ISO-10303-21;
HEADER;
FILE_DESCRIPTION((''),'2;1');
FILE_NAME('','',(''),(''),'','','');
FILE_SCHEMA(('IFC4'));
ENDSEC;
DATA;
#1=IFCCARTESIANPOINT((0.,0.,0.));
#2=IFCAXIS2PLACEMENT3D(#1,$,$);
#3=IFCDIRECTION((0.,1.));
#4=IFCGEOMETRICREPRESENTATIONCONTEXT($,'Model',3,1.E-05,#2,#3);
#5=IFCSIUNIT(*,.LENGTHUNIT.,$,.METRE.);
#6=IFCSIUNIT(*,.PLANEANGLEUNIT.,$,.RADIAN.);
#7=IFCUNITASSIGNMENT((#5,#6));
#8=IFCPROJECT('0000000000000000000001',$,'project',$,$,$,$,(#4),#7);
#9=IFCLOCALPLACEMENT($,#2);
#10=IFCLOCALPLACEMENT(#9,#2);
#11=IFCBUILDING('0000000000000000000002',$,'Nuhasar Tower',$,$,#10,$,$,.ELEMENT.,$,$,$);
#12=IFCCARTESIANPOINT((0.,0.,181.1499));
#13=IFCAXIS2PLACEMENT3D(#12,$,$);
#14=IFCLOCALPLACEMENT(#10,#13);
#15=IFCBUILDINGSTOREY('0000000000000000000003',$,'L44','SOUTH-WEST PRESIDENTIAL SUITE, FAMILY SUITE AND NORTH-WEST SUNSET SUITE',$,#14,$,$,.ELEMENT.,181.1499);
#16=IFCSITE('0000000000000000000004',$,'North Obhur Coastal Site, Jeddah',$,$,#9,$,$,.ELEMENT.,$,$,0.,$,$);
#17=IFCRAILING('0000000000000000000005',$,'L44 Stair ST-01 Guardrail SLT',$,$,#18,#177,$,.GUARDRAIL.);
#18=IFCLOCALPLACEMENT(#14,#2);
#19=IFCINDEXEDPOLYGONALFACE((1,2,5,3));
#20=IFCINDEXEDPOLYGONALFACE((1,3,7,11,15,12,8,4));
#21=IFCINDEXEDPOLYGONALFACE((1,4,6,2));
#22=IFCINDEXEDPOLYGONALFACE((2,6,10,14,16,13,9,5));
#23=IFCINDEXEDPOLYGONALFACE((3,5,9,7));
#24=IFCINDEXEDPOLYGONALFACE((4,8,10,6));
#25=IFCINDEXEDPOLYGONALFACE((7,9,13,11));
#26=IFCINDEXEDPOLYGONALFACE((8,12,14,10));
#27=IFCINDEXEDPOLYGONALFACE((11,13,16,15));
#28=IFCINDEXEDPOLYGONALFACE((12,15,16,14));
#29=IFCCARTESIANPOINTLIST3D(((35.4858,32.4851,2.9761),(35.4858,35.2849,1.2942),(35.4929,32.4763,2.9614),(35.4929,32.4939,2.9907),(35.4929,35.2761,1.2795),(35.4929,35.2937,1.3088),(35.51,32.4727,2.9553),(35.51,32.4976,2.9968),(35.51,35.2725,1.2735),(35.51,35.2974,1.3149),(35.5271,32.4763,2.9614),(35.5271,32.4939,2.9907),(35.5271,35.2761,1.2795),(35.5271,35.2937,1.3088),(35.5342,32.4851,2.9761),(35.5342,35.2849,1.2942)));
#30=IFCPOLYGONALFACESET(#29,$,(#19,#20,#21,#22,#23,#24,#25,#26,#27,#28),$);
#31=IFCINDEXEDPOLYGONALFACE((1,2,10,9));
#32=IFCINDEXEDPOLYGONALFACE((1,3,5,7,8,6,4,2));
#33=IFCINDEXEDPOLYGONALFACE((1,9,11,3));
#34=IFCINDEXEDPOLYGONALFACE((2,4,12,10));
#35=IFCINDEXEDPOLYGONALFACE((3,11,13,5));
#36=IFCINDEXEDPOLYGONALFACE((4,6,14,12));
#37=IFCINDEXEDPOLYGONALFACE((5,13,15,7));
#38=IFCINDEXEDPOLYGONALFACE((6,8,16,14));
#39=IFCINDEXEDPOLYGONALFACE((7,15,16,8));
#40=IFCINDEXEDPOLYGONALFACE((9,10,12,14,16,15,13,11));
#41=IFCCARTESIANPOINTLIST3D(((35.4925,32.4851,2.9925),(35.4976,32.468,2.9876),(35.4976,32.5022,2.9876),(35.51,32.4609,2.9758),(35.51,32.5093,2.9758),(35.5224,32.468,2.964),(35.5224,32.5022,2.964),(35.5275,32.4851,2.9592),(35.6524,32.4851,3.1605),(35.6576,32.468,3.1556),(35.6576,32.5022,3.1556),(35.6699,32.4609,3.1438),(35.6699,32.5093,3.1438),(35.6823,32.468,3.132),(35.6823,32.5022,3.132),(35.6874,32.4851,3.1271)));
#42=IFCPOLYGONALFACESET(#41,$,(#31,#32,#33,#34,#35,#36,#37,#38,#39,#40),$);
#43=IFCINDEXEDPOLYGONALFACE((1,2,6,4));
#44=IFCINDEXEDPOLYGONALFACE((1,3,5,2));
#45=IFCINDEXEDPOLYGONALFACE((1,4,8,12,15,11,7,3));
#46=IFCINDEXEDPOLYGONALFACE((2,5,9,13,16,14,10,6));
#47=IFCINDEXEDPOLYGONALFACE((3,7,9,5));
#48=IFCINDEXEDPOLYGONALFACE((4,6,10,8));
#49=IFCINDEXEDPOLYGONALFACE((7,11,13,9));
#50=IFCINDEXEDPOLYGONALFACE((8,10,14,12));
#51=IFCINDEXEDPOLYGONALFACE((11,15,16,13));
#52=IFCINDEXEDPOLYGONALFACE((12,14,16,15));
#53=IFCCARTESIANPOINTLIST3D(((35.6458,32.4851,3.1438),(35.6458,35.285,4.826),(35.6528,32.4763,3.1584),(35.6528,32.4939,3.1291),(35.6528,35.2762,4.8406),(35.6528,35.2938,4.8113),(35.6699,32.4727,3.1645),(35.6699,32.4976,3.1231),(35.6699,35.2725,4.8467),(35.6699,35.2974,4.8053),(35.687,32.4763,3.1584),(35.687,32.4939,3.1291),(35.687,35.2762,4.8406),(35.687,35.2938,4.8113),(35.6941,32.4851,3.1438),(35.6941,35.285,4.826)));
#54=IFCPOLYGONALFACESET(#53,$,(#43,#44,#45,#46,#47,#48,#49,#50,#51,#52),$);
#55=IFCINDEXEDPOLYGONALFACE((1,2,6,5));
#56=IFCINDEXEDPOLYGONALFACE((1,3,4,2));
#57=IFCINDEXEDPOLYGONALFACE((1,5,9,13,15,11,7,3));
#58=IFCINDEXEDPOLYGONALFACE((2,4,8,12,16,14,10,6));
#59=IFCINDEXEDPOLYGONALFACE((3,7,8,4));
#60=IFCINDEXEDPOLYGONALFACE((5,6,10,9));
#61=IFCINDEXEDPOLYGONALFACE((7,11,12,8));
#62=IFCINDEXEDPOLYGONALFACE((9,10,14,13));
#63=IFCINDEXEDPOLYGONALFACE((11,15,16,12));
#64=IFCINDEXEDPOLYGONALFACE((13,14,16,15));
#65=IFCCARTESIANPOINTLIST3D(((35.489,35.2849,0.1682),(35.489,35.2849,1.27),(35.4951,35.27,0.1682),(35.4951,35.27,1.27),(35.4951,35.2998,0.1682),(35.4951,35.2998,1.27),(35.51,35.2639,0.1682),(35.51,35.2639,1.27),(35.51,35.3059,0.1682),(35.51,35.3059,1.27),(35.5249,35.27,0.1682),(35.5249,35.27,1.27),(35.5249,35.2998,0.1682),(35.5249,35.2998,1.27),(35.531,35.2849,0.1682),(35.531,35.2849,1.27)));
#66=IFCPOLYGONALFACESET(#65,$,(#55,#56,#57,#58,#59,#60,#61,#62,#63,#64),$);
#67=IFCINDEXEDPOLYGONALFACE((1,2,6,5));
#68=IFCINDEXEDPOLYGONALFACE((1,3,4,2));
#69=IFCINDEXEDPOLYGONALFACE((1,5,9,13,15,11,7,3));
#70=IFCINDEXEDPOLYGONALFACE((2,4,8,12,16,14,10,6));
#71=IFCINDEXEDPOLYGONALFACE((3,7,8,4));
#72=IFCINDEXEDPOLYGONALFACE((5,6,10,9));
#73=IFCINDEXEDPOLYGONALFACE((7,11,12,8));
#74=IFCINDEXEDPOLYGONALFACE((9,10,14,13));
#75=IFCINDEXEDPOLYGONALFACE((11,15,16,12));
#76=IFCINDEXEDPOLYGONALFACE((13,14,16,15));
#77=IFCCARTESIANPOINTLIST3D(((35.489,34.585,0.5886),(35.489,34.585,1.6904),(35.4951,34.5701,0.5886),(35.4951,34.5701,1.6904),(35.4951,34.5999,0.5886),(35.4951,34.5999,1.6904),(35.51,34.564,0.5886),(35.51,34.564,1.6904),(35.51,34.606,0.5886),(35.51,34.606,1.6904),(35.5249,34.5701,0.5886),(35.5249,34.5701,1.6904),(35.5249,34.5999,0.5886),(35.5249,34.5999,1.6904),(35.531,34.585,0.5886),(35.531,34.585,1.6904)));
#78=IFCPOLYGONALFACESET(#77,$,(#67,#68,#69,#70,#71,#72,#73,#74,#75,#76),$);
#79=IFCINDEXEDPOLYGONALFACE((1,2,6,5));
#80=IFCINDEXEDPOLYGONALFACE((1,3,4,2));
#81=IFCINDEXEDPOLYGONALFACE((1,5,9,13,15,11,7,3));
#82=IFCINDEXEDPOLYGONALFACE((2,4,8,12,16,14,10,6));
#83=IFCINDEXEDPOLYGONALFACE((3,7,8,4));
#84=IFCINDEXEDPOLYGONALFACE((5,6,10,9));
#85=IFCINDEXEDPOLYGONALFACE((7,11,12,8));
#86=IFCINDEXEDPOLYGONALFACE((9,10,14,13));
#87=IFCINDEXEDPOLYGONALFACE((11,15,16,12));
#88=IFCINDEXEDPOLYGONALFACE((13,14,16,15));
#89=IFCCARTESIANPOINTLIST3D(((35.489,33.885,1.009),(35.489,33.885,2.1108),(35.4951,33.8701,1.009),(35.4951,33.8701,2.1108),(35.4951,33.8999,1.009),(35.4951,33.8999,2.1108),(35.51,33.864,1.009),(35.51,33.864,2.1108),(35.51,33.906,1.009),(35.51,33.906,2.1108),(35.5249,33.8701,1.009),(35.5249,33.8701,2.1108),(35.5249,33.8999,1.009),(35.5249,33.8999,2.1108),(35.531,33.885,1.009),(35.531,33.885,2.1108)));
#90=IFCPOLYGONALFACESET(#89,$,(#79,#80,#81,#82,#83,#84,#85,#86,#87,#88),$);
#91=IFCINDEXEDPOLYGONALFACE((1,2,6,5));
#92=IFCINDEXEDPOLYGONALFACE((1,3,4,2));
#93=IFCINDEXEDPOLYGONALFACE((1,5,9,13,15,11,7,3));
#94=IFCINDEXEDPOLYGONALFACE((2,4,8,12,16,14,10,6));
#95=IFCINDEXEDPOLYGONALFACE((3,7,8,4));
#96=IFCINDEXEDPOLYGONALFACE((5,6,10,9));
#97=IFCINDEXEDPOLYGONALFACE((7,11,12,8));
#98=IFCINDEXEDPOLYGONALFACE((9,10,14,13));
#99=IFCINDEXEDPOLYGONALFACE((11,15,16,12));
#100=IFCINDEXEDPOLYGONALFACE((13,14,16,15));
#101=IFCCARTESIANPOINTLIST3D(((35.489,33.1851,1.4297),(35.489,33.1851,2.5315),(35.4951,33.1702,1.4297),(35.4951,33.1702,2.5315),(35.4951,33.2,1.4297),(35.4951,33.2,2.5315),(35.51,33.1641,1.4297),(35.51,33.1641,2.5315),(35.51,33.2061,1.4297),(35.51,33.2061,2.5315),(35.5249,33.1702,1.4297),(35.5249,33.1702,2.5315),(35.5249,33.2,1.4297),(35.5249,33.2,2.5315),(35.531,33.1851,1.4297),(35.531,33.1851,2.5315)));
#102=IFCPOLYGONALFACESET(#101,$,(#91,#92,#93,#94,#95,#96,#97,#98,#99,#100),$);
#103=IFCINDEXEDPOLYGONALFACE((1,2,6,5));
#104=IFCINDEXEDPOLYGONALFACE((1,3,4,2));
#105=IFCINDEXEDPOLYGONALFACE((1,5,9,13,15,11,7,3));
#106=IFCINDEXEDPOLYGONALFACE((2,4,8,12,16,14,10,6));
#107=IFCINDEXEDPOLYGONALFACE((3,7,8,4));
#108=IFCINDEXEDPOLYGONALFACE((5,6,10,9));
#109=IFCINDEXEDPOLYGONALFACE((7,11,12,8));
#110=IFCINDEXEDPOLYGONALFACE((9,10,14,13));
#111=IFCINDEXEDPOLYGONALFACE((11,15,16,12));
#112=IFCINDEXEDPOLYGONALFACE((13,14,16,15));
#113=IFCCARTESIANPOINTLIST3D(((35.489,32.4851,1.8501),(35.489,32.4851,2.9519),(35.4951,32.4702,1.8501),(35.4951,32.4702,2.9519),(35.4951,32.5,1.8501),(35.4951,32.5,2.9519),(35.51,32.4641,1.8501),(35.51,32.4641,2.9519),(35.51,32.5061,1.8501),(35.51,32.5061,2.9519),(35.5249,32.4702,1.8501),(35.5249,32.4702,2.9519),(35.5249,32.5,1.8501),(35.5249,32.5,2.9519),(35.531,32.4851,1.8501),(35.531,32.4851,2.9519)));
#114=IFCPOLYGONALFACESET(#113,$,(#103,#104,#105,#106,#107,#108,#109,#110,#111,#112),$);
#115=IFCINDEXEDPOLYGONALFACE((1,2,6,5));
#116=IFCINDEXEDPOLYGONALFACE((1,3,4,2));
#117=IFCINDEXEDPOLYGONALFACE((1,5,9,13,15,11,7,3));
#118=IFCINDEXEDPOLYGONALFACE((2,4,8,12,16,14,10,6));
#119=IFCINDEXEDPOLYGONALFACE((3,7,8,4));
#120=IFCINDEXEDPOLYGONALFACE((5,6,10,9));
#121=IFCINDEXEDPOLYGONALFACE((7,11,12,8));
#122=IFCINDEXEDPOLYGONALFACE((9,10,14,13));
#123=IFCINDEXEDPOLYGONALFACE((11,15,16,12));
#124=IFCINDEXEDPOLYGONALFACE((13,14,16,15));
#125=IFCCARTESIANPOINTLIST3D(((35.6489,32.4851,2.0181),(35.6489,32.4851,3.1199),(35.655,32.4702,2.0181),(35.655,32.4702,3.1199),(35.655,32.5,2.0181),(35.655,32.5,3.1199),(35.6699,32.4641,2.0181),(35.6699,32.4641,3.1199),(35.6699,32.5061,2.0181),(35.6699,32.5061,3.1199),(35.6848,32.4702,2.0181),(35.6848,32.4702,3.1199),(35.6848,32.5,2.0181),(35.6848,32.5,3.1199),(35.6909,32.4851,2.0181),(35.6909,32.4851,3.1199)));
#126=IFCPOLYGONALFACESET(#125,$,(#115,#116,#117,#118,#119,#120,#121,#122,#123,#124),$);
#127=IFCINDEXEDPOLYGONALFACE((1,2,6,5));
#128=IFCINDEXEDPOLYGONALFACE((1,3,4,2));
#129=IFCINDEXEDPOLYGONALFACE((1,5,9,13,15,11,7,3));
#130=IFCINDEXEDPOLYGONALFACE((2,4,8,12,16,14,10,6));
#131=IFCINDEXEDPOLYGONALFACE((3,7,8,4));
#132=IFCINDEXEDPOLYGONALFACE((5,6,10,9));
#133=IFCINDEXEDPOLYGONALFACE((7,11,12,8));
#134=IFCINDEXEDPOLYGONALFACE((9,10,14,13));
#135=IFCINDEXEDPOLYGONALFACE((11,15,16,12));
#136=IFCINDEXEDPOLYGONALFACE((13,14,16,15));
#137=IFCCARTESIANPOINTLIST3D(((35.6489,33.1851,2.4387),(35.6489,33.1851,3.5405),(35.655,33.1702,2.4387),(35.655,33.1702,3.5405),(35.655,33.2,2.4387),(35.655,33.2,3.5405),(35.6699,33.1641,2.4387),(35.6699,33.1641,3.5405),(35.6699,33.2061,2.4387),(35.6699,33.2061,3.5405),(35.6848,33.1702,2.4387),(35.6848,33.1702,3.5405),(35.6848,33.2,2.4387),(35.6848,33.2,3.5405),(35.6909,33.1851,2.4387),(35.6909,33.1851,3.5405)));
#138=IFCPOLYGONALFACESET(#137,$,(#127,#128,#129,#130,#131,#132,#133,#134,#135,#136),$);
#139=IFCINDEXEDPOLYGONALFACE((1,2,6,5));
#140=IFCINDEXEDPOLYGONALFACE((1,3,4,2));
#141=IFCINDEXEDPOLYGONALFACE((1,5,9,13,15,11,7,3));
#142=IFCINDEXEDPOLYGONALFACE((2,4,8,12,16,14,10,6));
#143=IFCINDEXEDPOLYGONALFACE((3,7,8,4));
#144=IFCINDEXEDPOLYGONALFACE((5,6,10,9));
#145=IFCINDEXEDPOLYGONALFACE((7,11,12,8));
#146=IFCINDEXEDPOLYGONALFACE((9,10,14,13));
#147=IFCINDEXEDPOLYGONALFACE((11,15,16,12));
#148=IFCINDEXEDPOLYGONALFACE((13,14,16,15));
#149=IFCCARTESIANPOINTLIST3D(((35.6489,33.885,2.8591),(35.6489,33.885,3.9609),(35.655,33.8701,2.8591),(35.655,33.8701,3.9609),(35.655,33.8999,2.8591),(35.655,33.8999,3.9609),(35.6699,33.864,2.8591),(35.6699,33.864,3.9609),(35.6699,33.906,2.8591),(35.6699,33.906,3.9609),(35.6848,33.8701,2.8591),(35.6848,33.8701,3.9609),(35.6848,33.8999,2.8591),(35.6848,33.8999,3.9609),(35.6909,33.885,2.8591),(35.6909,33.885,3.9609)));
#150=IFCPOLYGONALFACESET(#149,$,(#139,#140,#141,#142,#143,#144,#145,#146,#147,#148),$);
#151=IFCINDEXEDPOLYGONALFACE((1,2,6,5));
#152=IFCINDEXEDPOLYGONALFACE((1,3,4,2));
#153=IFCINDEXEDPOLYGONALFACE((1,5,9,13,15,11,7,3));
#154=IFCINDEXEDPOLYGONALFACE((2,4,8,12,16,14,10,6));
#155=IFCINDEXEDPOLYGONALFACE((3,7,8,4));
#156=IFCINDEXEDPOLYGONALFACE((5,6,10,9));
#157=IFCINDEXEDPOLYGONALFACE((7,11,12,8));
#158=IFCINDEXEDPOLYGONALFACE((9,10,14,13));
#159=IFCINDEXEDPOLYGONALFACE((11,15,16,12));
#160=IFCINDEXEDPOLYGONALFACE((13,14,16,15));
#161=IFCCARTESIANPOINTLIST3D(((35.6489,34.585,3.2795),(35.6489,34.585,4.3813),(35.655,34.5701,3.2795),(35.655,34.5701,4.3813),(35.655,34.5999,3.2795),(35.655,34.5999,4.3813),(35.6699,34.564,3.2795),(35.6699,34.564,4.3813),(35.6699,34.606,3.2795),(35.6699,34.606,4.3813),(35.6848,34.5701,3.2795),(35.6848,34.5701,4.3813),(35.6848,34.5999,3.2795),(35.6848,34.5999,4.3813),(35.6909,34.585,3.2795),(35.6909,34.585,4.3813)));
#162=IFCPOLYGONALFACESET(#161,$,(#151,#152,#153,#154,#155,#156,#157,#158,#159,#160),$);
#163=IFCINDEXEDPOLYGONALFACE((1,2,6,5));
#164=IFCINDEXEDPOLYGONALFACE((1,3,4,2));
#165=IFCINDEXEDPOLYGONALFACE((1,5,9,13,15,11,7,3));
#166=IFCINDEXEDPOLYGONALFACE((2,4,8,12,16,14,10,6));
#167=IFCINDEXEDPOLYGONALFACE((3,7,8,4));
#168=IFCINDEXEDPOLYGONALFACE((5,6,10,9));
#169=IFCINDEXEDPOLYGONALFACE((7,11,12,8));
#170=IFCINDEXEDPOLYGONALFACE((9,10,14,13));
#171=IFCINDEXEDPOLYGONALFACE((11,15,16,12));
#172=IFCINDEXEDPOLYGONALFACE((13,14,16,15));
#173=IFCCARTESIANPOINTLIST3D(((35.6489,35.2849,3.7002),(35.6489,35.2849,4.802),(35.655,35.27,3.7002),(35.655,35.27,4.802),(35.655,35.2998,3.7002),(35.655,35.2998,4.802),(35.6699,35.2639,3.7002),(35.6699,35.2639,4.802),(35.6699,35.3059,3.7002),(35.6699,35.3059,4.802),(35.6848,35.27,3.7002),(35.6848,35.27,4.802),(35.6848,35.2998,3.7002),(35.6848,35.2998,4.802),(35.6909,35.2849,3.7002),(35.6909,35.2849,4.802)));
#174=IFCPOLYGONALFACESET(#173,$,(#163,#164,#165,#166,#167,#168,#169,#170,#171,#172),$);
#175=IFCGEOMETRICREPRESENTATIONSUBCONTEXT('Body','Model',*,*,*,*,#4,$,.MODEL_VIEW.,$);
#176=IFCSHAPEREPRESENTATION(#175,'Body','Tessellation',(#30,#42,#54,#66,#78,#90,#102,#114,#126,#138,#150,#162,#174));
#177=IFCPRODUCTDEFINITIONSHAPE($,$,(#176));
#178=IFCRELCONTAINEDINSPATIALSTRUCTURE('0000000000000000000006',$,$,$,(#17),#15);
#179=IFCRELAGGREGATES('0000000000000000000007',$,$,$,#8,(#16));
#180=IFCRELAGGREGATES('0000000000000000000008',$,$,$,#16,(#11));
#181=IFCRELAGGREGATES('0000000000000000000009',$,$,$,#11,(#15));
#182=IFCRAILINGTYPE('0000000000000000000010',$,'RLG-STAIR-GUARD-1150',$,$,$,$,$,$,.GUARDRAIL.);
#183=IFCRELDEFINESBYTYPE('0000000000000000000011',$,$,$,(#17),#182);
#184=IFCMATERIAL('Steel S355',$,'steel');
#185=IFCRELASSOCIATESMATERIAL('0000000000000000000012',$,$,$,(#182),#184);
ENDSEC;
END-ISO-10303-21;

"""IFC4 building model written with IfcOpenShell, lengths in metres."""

from ifc_helpers import new_model, si_unit, direction, frame, origin, place, context, subcontext, project, spatial, polyline, outline, extrude, material, type_object, element, save


model = new_model("IFC4")

# Units and contexts
model_context = context("Model", 3, precision=1e-05, world=origin(), true_north=direction((0.0, 1.0)))
body_context = subcontext(model_context, "Body", "Model", "MODEL_VIEW")
ifc_project = project(units=[si_unit("LENGTHUNIT", "METRE"), si_unit("PLANEANGLEUNIT", "RADIAN")], contexts=[model_context])

# Site, building, storey
site_placement = place(None, origin())
site = spatial("IfcSite", under=ifc_project, at=site_placement, Name="North Obhur Coastal Site, Jeddah", CompositionType="ELEMENT", RefElevation=0.0)
building_placement = place(site_placement, origin())
building = spatial("IfcBuilding", under=site, at=building_placement, Name="Nuhasar Tower", CompositionType="ELEMENT")
storey_placement = place(building_placement, frame((0.0, 0.0, 181.1499)))
storey = spatial("IfcBuildingStorey", under=building, at=storey_placement, Name="L44", Description="SOUTH-WEST PRESIDENTIAL SUITE, FAMILY SUITE AND NORTH-WEST SUNSET SUITE", CompositionType="ELEMENT", Elevation=181.1499)

# Shared definitions
ifc_material_1 = material(Name="Steel S355", Category="steel")

# Railing
railing_type_1 = type_object("IfcRailingType", Name="RLG-STAIR-GUARD-1150", PredefinedType="GUARDRAIL", material=ifc_material_1)
railing_1_placement = place(storey_placement, frame((35.51, 35.2849, 0.1682)))
element("IfcRailing", 1, at=railing_1_placement, inside=storey, type_object=railing_type_1, Name="L44 Stair ST-01 Guardrail SLT", PredefinedType="GUARDRAIL", context=body_context, shape_type="SweptSolid", body=[
    extrude(outline(polyline([(0.0242, 0.0), (0.0171, 0.0171), (0.0, 0.0242), (-0.0171, 0.0171), (-0.0242, 0.0), (-0.0171, -0.0171), (0.0, -0.0242), (0.0171, -0.0171), (0.0242, 0.0)])), frame((0.0, 0.0, 1.126), z_axis=(0.0, -0.857222, 0.514946), x_axis=(1.0, 0.0, 0.0)), (0.0, 0.0, 1.0), 3.2661),
    extrude(outline(polyline([(0.0242, 0.0), (0.0171, 0.0171), (0.0, 0.0242), (-0.0171, 0.0171), (-0.0242, 0.0), (-0.0171, -0.0171), (0.0, -0.0242), (0.0171, -0.0171), (0.0242, 0.0)])), frame((0.0, -2.7998, 2.8076), z_axis=(0.689524, 0.0, 0.724263), x_axis=(0.0, 1.0, 0.0)), (0.0, 0.0, 1.0), 0.2319),
    extrude(outline(polyline([(0.0242, 0.0), (0.0171, 0.0171), (0.0, 0.0242), (-0.0171, 0.0171), (-0.0242, 0.0), (-0.0171, -0.0171), (0.0, -0.0242), (0.0171, -0.0171), (0.0242, 0.0)])), frame((0.1599, -2.7998, 2.9756), z_axis=(0.0, 0.857189, 0.515001), x_axis=(-1.0, 0.0, 0.0)), (0.0, 0.0, 1.0), 3.2664),
    extrude(outline(polyline([(0.021, 0.0), (0.0149, 0.0149), (0.0, 0.021), (-0.0149, 0.0149), (-0.021, 0.0), (-0.0149, -0.0149), (0.0, -0.021), (0.0149, -0.0149), (0.021, 0.0)])), origin(), (0.0, 0.0, 1.0), 1.1018),
    extrude(outline(polyline([(0.021, 0.0), (0.0149, 0.0149), (0.0, 0.021), (-0.0149, 0.0149), (-0.021, 0.0), (-0.0149, -0.0149), (0.0, -0.021), (0.0149, -0.0149), (0.021, 0.0)])), frame((0.0, -0.7, 0.4204)), (0.0, 0.0, 1.0), 1.1018),
    extrude(outline(polyline([(0.021, 0.0), (0.0149, 0.0149), (0.0, 0.021), (-0.0149, 0.0149), (-0.021, 0.0), (-0.0149, -0.0149), (0.0, -0.021), (0.0149, -0.0149), (0.021, 0.0)])), frame((0.0, -1.3999, 0.8408)), (0.0, 0.0, 1.0), 1.1018),
    extrude(outline(polyline([(0.021, 0.0), (0.0149, 0.0149), (0.0, 0.021), (-0.0149, 0.0149), (-0.021, 0.0), (-0.0149, -0.0149), (0.0, -0.021), (0.0149, -0.0149), (0.021, 0.0)])), frame((0.0, -2.0999, 1.2615)), (0.0, 0.0, 1.0), 1.1018),
    extrude(outline(polyline([(0.021, 0.0), (0.0149, 0.0149), (0.0, 0.021), (-0.0149, 0.0149), (-0.021, 0.0), (-0.0149, -0.0149), (0.0, -0.021), (0.0149, -0.0149), (0.021, 0.0)])), frame((0.0, -2.7998, 1.6819)), (0.0, 0.0, 1.0), 1.1018),
    extrude(outline(polyline([(0.021, 0.0), (0.0149, 0.0149), (0.0, 0.021), (-0.0149, 0.0149), (-0.021, 0.0), (-0.0149, -0.0149), (0.0, -0.021), (0.0149, -0.0149), (0.021, 0.0)])), frame((0.1599, -2.7998, 1.8499)), (0.0, 0.0, 1.0), 1.1018),
    extrude(outline(polyline([(0.021, 0.0), (0.0149, 0.0149), (0.0, 0.021), (-0.0149, 0.0149), (-0.021, 0.0), (-0.0149, -0.0149), (0.0, -0.021), (0.0149, -0.0149), (0.021, 0.0)])), frame((0.1599, -2.0999, 2.2705)), (0.0, 0.0, 1.0), 1.1018),
    extrude(outline(polyline([(0.021, 0.0), (0.0149, 0.0149), (0.0, 0.021), (-0.0149, 0.0149), (-0.021, 0.0), (-0.0149, -0.0149), (0.0, -0.021), (0.0149, -0.0149), (0.021, 0.0)])), frame((0.1599, -1.3999, 2.6909)), (0.0, 0.0, 1.0), 1.1018),
    extrude(outline(polyline([(0.021, 0.0), (0.0149, 0.0149), (0.0, 0.021), (-0.0149, 0.0149), (-0.021, 0.0), (-0.0149, -0.0149), (0.0, -0.021), (0.0149, -0.0149), (0.021, 0.0)])), frame((0.1599, -0.7, 3.1113)), (0.0, 0.0, 1.0), 1.1018),
    extrude(outline(polyline([(0.021, 0.0), (0.0149, 0.0149), (0.0, 0.021), (-0.0149, 0.0149), (-0.021, 0.0), (-0.0149, -0.0149), (0.0, -0.021), (0.0149, -0.0149), (0.021, 0.0)])), frame((0.1599, 0.0, 3.532)), (0.0, 0.0, 1.0), 1.1018),
])

save(model, "model.ifc")
